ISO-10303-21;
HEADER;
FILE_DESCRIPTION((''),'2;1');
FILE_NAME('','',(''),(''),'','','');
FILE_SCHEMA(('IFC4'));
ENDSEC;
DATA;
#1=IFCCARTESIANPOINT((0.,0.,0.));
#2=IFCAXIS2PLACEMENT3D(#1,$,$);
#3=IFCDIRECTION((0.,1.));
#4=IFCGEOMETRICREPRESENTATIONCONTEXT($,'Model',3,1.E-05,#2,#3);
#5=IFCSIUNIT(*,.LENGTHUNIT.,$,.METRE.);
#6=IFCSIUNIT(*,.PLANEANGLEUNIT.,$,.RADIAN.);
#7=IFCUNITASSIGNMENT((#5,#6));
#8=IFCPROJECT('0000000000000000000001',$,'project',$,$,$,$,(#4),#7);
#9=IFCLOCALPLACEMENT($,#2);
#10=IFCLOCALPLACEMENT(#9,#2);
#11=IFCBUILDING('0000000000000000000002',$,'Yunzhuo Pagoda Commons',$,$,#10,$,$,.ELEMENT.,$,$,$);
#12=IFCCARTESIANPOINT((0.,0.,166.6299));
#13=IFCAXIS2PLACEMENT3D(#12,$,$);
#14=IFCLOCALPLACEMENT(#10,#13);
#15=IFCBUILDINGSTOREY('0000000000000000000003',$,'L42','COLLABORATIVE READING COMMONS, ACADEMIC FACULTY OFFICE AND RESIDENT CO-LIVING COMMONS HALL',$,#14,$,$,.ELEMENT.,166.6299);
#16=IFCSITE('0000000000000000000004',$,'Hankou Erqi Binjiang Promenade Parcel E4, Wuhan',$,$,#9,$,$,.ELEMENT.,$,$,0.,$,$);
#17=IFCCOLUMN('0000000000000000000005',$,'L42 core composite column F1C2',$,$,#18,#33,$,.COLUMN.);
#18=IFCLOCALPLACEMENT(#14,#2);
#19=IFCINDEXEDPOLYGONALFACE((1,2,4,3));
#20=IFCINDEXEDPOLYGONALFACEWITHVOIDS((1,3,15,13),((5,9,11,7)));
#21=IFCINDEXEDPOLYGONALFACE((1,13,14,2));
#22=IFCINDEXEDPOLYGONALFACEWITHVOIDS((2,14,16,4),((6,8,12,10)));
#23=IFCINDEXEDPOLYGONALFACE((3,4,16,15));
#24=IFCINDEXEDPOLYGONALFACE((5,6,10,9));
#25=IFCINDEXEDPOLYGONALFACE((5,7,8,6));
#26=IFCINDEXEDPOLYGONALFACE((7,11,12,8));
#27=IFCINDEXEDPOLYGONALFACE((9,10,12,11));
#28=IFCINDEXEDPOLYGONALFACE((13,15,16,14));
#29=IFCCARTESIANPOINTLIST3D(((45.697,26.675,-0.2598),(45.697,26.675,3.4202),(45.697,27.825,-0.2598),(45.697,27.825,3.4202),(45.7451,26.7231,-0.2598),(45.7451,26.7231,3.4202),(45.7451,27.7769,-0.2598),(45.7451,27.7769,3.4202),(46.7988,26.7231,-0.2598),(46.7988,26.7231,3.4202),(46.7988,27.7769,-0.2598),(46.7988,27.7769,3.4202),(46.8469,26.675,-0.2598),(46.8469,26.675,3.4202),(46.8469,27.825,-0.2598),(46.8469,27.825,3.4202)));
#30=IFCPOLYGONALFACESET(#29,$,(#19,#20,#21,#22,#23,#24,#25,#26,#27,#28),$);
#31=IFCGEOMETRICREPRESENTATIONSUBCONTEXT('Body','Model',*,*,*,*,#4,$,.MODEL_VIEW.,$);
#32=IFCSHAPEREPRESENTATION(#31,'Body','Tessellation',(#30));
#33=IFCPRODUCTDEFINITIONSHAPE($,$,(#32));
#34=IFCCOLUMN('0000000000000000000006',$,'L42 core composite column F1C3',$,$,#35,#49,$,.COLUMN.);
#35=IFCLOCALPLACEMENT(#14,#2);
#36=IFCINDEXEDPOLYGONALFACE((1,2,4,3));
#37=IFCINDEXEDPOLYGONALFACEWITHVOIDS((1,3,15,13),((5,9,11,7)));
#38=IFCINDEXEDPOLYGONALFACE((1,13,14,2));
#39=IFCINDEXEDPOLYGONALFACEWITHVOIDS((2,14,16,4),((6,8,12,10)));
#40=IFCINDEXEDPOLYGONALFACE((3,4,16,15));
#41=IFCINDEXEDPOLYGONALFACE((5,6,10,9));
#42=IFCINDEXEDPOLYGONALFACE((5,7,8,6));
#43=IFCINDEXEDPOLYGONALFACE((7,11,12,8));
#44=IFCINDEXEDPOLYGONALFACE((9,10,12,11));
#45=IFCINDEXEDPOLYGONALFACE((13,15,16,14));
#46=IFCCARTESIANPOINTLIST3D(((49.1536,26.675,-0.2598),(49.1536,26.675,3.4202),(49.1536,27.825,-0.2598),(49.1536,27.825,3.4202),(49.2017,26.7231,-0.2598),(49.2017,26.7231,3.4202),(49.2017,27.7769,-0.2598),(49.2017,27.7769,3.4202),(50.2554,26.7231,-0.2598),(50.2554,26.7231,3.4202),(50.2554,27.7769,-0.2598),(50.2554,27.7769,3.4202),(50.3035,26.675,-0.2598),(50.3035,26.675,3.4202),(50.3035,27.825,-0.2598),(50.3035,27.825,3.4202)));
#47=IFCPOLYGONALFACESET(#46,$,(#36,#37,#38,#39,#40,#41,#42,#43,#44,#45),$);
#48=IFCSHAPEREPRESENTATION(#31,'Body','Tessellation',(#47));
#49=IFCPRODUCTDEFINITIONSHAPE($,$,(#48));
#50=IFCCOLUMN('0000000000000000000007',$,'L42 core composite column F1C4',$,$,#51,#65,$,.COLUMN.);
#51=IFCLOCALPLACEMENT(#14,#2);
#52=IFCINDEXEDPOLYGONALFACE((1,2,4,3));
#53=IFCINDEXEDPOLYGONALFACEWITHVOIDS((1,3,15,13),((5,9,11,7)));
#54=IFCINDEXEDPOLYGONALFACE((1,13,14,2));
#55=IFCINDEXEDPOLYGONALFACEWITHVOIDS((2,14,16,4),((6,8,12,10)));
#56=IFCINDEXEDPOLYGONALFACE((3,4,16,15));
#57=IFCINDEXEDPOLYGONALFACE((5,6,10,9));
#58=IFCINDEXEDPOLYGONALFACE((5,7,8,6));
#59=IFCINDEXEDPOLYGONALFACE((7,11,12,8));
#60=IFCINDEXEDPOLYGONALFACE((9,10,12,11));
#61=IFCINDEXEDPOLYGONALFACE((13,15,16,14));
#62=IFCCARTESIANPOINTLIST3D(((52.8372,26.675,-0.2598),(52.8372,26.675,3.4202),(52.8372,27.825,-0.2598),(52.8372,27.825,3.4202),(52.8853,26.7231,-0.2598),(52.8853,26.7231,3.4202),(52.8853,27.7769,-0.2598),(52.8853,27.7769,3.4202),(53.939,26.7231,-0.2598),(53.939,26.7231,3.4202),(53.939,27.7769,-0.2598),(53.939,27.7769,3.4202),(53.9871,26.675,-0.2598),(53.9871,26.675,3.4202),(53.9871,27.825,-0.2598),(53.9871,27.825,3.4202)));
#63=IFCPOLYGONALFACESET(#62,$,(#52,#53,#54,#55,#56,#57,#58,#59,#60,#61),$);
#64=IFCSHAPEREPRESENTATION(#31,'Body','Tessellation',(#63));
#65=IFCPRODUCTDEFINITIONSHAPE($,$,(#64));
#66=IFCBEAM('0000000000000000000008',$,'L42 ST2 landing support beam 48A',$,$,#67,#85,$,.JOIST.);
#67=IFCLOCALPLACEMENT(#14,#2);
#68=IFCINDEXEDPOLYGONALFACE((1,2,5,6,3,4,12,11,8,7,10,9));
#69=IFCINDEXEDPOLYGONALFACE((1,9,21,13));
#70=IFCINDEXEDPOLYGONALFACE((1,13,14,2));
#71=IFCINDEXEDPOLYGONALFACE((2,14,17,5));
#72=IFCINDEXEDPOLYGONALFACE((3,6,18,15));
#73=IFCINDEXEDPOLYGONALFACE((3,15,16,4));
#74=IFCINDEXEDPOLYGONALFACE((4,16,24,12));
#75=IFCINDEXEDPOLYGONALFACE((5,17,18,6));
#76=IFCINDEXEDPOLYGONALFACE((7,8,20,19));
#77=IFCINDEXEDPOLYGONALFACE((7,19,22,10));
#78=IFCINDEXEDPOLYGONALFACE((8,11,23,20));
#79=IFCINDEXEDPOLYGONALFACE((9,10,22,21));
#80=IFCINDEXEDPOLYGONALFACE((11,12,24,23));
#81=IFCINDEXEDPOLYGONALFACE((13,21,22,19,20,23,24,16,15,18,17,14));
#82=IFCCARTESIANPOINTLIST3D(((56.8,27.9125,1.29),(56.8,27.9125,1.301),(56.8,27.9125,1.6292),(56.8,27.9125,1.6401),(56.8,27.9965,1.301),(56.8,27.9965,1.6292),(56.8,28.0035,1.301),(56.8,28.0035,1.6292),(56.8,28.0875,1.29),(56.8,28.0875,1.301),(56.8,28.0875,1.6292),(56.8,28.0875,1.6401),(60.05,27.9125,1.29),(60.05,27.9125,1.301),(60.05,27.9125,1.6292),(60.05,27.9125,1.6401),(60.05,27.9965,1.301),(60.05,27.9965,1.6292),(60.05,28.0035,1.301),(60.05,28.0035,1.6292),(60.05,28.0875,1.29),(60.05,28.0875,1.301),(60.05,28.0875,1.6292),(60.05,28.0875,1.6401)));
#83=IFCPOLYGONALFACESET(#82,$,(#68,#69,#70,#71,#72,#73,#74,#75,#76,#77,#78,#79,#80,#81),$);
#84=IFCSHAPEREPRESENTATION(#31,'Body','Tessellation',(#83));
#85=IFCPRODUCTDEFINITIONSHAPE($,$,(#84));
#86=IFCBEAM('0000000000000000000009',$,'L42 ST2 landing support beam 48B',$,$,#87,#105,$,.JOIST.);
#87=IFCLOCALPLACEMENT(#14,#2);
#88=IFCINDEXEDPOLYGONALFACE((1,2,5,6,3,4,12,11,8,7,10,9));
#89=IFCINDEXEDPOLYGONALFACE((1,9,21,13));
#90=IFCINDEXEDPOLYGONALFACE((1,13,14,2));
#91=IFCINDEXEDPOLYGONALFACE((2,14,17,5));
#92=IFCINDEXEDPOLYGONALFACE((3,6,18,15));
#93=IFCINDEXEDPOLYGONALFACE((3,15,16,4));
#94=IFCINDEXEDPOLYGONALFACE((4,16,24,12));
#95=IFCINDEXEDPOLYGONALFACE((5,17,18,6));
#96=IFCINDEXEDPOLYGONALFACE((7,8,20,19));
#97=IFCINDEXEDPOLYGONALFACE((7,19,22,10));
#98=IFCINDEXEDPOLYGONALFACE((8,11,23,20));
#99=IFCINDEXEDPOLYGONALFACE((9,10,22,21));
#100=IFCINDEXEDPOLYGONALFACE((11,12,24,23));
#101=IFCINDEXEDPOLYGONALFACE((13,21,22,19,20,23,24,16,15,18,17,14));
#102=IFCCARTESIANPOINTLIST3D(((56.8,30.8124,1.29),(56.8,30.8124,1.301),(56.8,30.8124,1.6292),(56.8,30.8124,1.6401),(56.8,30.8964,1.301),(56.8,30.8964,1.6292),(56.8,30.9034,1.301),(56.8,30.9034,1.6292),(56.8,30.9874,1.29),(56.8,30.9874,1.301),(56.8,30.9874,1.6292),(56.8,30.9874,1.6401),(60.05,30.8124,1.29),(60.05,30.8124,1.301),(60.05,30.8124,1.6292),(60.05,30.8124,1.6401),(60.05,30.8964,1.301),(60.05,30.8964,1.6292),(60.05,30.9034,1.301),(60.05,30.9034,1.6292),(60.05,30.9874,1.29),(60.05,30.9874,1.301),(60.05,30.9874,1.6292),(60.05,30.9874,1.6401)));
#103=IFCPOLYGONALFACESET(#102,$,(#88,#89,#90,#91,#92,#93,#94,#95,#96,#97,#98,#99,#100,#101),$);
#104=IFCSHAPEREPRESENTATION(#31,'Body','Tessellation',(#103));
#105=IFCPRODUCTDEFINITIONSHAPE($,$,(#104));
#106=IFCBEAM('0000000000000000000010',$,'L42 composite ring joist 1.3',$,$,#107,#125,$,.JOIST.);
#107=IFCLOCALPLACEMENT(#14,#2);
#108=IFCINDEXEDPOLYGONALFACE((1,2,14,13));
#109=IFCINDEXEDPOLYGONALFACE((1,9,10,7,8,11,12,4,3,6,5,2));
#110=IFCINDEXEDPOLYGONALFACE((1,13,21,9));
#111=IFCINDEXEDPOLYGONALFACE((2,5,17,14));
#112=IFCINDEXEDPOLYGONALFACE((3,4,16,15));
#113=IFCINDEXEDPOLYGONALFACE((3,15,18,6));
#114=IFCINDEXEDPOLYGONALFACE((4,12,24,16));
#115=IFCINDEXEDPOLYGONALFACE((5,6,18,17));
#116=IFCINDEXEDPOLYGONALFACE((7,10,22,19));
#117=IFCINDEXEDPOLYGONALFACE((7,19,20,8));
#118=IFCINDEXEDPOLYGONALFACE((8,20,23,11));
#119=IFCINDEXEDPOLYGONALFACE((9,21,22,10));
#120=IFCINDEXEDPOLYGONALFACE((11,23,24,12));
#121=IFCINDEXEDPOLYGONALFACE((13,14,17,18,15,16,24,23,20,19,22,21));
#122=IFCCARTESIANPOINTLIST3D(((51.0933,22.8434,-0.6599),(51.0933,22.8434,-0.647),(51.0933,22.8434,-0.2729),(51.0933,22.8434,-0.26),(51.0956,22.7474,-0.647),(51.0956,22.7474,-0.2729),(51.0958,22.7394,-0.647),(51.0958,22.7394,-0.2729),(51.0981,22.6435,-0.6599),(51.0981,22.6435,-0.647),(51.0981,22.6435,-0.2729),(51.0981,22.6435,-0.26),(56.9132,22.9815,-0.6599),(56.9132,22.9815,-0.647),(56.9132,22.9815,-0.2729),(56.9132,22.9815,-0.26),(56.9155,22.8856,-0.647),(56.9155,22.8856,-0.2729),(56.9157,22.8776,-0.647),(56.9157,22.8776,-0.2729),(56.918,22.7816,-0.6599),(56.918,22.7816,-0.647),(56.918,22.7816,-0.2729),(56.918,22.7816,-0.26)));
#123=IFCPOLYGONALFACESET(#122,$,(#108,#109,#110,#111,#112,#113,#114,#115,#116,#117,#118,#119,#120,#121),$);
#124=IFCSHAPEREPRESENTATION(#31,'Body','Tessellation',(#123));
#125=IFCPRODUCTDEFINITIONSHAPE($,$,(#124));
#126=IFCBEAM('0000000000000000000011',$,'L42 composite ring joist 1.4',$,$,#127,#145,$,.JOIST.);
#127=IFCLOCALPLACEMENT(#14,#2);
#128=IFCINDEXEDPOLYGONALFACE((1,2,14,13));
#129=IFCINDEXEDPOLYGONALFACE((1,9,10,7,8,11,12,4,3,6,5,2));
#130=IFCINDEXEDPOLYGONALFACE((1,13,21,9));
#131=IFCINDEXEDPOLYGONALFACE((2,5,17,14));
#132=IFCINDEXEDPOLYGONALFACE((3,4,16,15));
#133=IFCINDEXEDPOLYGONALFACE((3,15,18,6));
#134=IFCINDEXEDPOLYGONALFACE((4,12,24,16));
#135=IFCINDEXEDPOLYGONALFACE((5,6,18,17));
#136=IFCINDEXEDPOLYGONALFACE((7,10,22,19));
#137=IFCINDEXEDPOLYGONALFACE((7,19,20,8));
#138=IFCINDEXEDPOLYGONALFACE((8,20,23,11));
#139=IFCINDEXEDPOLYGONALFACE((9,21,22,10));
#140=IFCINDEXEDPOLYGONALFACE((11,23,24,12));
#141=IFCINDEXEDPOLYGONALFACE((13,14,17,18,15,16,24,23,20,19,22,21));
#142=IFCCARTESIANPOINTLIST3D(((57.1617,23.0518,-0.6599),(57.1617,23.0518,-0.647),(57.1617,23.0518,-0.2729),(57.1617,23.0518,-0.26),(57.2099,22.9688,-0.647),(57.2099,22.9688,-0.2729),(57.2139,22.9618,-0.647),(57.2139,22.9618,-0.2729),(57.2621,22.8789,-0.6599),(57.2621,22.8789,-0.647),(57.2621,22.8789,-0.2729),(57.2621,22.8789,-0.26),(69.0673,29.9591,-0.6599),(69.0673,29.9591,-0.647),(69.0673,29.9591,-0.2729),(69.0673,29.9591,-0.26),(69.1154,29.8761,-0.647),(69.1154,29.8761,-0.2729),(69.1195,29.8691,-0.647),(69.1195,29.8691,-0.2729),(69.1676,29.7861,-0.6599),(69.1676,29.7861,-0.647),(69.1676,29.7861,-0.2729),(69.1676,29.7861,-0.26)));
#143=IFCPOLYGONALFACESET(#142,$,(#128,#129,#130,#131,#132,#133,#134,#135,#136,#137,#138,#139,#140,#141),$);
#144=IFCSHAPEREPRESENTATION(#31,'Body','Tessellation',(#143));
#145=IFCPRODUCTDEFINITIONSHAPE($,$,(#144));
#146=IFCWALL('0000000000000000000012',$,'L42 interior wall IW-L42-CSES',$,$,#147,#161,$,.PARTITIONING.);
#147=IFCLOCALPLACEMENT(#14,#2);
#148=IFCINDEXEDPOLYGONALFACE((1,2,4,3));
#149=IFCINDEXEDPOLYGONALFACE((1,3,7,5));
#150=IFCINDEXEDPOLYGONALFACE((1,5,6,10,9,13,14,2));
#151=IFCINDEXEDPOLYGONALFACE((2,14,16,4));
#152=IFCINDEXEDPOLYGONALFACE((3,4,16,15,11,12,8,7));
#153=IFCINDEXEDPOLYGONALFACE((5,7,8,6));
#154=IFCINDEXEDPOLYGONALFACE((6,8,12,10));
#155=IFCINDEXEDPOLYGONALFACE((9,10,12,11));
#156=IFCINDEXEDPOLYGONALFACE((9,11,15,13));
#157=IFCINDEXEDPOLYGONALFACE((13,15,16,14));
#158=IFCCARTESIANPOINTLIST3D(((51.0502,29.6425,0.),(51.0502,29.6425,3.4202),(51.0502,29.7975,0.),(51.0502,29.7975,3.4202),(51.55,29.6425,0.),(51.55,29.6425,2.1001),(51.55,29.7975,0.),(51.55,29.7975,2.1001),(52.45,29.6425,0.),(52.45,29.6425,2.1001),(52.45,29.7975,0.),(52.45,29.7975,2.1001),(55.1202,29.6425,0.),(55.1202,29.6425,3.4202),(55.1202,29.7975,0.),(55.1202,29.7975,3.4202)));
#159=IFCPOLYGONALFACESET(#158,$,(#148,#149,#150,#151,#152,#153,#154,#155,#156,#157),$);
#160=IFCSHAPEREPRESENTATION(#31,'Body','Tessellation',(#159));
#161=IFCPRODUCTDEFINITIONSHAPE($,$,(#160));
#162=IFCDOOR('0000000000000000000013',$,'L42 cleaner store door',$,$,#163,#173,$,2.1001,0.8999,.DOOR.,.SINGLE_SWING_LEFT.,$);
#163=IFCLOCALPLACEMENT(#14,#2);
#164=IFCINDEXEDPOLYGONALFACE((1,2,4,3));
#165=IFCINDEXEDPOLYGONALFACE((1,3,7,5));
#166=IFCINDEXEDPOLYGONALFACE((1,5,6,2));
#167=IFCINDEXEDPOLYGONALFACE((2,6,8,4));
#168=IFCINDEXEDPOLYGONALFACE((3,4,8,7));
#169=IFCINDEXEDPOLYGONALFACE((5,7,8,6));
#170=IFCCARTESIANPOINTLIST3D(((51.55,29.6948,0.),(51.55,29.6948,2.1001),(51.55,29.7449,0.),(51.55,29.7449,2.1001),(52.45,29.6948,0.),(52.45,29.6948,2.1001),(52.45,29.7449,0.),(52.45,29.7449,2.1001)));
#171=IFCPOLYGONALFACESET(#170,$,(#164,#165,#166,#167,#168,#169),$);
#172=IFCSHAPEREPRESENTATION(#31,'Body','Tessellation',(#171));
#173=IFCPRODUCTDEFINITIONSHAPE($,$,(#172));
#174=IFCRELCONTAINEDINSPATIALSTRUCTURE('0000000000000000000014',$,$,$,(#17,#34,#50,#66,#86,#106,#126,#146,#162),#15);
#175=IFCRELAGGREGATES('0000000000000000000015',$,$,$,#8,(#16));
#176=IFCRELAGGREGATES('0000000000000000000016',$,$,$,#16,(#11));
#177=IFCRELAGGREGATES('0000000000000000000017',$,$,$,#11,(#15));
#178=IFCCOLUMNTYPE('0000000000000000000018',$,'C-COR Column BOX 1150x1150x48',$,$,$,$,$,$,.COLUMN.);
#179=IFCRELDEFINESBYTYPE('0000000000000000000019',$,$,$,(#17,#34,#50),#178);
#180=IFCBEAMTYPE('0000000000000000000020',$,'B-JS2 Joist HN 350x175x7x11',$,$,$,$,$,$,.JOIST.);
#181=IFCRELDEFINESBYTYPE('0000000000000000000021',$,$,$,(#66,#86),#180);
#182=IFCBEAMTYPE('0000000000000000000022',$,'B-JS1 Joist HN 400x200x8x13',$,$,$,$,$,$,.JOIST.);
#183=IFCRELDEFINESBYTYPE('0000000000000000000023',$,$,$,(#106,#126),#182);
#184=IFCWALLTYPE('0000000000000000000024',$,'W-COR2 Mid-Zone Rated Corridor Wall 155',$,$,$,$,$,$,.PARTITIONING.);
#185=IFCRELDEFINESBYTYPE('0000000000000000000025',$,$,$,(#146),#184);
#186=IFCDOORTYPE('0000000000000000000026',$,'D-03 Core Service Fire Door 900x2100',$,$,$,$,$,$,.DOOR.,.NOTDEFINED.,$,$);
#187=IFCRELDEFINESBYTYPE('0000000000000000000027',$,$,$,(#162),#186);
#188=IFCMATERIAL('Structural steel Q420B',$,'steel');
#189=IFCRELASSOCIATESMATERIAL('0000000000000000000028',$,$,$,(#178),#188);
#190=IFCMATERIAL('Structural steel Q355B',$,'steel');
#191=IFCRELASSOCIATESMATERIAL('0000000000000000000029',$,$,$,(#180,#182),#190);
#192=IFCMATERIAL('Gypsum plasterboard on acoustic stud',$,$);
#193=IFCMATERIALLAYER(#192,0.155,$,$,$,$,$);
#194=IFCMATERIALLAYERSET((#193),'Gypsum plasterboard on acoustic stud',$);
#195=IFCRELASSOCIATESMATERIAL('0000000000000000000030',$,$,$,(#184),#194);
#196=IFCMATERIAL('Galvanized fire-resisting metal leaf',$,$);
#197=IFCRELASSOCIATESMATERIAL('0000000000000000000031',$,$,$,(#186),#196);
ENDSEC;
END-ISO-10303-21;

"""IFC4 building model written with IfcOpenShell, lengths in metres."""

from ifc_helpers import new_model, si_unit, direction, frame, frame_2d, origin, origin_with_axes, origin_2d, place, context, subcontext, project, spatial, rectangle, hollow_rectangle, i_section, extrude, source, transform, mapped, material, layer, layer_set, material_profile, profile_set, type_object, element, fill, save


model = new_model("IFC4")

# Units and contexts
model_context = context("Model", 3, precision=1e-05, world=origin(), true_north=direction((0.0, 1.0)))
body_context = subcontext(model_context, "Body", "Model", "MODEL_VIEW")
ifc_project = project(units=[si_unit("LENGTHUNIT", "METRE"), si_unit("PLANEANGLEUNIT", "RADIAN")], contexts=[model_context])

# Site, building, storey
site_placement = place(None, origin())
site = spatial("IfcSite", under=ifc_project, at=site_placement, Name="Hankou Erqi Binjiang Promenade Parcel E4, Wuhan", CompositionType="ELEMENT", RefElevation=0.0)
building_placement = place(site_placement, origin())
building = spatial("IfcBuilding", under=site, at=building_placement, Name="Yunzhuo Pagoda Commons", CompositionType="ELEMENT")
storey_placement = place(building_placement, frame((0.0, 0.0, 166.6299)))
storey = spatial("IfcBuildingStorey", under=building, at=storey_placement, Name="L42", Description="COLLABORATIVE READING COMMONS, ACADEMIC FACULTY OFFICE AND RESIDENT CO-LIVING COMMONS HALL", CompositionType="ELEMENT", Elevation=166.6299)

# Columns
ifc_material_1 = material(Name="Structural steel Q420B", Category="steel")
ifc_material_profile_1 = material_profile(ifc_material_1, hollow_rectangle(XDim=1.1499, YDim=1.1499, WallThickness=0.0481, at=origin_2d()), Name="Structural steel Q420B")
ifc_profile_set_1 = profile_set([ifc_material_profile_1], Name="Structural steel Q420B")
column_type = type_object("IfcColumnType", Name="C-COR Column BOX 1150x1150x48", PredefinedType="COLUMN", material=ifc_profile_set_1)
shared_shape_1 = source(origin(), body_context, "Body", "SweptSolid", [
    extrude(hollow_rectangle(XDim=1.1499, YDim=1.1499, WallThickness=0.0481, at=origin_2d()), origin(), (0.0, 0.0, 1.0), 3.6799),
])
for number, where, z_axis, x_axis, name in (
    (1, (46.272, 27.25, -0.2598), (0.0, 0.0, 1.0), (1.0, 0.0, 0.0), "L42 core composite column F1C2"),
    (2, (49.7285, 27.25, -0.2598), (0.0, 0.0, 1.0), (1.0, 0.0, 0.0), "L42 core composite column F1C3"),
    (3, (53.4121, 27.25, -0.2598), (0.0, 0.0, 1.0), (1.0, 0.0, 0.0), "L42 core composite column F1C4"),
):
    element("IfcColumn", number, at=place(storey_placement, frame(where, z_axis=z_axis, x_axis=x_axis)), inside=storey, type_object=column_type, Name=name, PredefinedType="COLUMN", context=body_context, shape_type="MappedRepresentation", body=[
        mapped(shared_shape_1, transform((0.0, 0.0, 0.0), scale=1.0)),
    ])

# Beams
ifc_material_2 = material(Name="Structural steel Q355B", Category="steel")
ifc_material_profile_2 = material_profile(ifc_material_2, i_section(OverallWidth=0.175, OverallDepth=0.3501, WebThickness=0.0071, FlangeThickness=0.011, at=origin_2d()), Name="Structural steel Q355B")
ifc_profile_set_2 = profile_set([ifc_material_profile_2], Name="Structural steel Q355B")
beam_type_1 = type_object("IfcBeamType", Name="B-JS2 Joist HN 350x175x7x11", PredefinedType="JOIST", material=ifc_profile_set_2)
shared_shape_2 = source(origin(), body_context, "Body", "SweptSolid", [
    extrude(i_section(OverallWidth=0.175, OverallDepth=0.3501, WebThickness=0.0071, FlangeThickness=0.011, at=origin_2d()), origin(), (0.0, 0.0, 1.0), 3.25),
])
for number, where, z_axis, x_axis, name in (
    (4, (56.8, 28.0, 1.4651), (1.0, 0.0, 0.0), (0.0, 1.0, 0.0), "L42 ST2 landing support beam 48A"),
    (5, (56.8, 30.8999, 1.4651), (1.0, 0.0, 0.0), (0.0, 1.0, 0.0), "L42 ST2 landing support beam 48B"),
):
    element("IfcBeam", number, at=place(storey_placement, frame(where, z_axis=z_axis, x_axis=x_axis)), inside=storey, type_object=beam_type_1, Name=name, PredefinedType="JOIST", context=body_context, shape_type="MappedRepresentation", body=[
        mapped(shared_shape_2, transform((0.0, 0.0, 0.0), scale=1.0)),
    ])
ifc_material_profile_3 = material_profile(ifc_material_2, i_section(OverallWidth=0.2, OverallDepth=0.3999, WebThickness=0.0081, FlangeThickness=0.0129, at=origin_2d()), Name="Structural steel Q355B")
ifc_profile_set_3 = profile_set([ifc_material_profile_3], Name="Structural steel Q355B")
beam_type_2 = type_object("IfcBeamType", Name="B-JS1 Joist HN 400x200x8x13", PredefinedType="JOIST", material=ifc_profile_set_3)
shared_shape_3 = source(origin(), body_context, "Body", "SweptSolid", [
    extrude(i_section(OverallWidth=0.2, OverallDepth=0.3999, WebThickness=0.0081, FlangeThickness=0.0129, at=origin_2d()), origin(), (0.0, 0.0, 1.0), 5.8215),
])
beam_1_placement = place(storey_placement, frame((51.0957, 22.7434, -0.46), z_axis=(0.999718, 0.023737, 0.0), x_axis=(-0.023737, 0.999718, 0.0)))
element("IfcBeam", 6, at=beam_1_placement, inside=storey, type_object=beam_type_2, Name="L42 composite ring joist 1.3", PredefinedType="JOIST", context=body_context, shape_type="MappedRepresentation", body=[
    mapped(shared_shape_3, transform((0.0, 0.0, 0.0), scale=1.0)),
])
shared_shape_4 = source(origin(), body_context, "Body", "SweptSolid", [
    extrude(i_section(OverallWidth=0.2, OverallDepth=0.3999, WebThickness=0.0081, FlangeThickness=0.0129, at=origin_2d()), origin(), (0.0, 0.0, 1.0), 13.7642),
])
beam_2_placement = place(storey_placement, frame((57.2119, 22.9653, -0.46), z_axis=(0.864967, 0.501828, 0.0), x_axis=(-0.501828, 0.864967, 0.0)))
element("IfcBeam", 7, at=beam_2_placement, inside=storey, type_object=beam_type_2, Name="L42 composite ring joist 1.4", PredefinedType="JOIST", context=body_context, shape_type="MappedRepresentation", body=[
    mapped(shared_shape_4, transform((0.0, 0.0, 0.0), scale=1.0)),
])

# Wall, opening, door
ifc_material_3 = material(Name="Gypsum plasterboard on acoustic stud")
ifc_layer_1 = layer(ifc_material_3, 0.155)
ifc_layer_set_1 = layer_set([ifc_layer_1], Name="Gypsum plasterboard on acoustic stud")
wall_type_1 = type_object("IfcWallType", Name="W-COR2 Mid-Zone Rated Corridor Wall 155", PredefinedType="PARTITIONING", material=ifc_layer_set_1)
wall_1_placement = place(storey_placement, frame((51.05, 29.72, 0.0), z_axis=(0.0, 0.0, 1.0), x_axis=(1.0, 0.0, 0.0)))
wall_1 = element("IfcWall", 8, at=wall_1_placement, inside=storey, type_object=wall_type_1, Name="L42 interior wall IW-L42-CSES", PredefinedType="PARTITIONING", context=body_context, shape_type="SweptSolid", body=[
    extrude(rectangle(XDim=4.0701, YDim=0.155, at=frame_2d((2.0352, 0.0))), origin(), (0.0, 0.0, 1.0), 3.4202),
])
opening_1_placement = place(wall_1_placement, frame((0.5, 0.0, 0.0)))
opening_1 = element("IfcOpeningElement", 9, at=opening_1_placement, cuts=wall_1, PredefinedType="OPENING", context=body_context, shape_type="SweptSolid", body=[
    extrude(rectangle(XDim=0.8999, YDim=2.1001, at=frame_2d((0.45, 1.05))), frame((0.0, 0.0874, 0.0), z_axis=(0.0, -1.0, 0.0), x_axis=(1.0, 0.0, 0.0)), (0.0, 0.0, 1.0), 0.175),
])
ifc_material_4 = material(Name="Galvanized fire-resisting metal leaf")
door_type_1 = type_object("IfcDoorType", Name="D-03 Core Service Fire Door 900x2100", OperationType="NOTDEFINED", PredefinedType="DOOR", material=ifc_material_4)
shared_shape_5 = source(origin(), body_context, "Body", "SweptSolid", [
    extrude(rectangle(XDim=0.8999, YDim=2.1001, at=frame_2d((0.45, 1.05))), frame((0.0, 0.0249, 0.0), z_axis=(0.0, -1.0, 0.0), x_axis=(1.0, 0.0, 0.0)), (0.0, 0.0, 1.0), 0.05),
])
door_1_placement = place(opening_1_placement, origin_with_axes())
door_1 = element("IfcDoor", 10, at=door_1_placement, inside=storey, type_object=door_type_1, Name="L42 cleaner store door", OperationType="SINGLE_SWING_LEFT", OverallHeight=2.1001, OverallWidth=0.8999, PredefinedType="DOOR", context=body_context, shape_type="MappedRepresentation", body=[
    mapped(shared_shape_5, transform((0.0, 0.0, 0.0), scale=1.0)),
])
fill(opening_1, door_1)

save(model, "model.ifc")
